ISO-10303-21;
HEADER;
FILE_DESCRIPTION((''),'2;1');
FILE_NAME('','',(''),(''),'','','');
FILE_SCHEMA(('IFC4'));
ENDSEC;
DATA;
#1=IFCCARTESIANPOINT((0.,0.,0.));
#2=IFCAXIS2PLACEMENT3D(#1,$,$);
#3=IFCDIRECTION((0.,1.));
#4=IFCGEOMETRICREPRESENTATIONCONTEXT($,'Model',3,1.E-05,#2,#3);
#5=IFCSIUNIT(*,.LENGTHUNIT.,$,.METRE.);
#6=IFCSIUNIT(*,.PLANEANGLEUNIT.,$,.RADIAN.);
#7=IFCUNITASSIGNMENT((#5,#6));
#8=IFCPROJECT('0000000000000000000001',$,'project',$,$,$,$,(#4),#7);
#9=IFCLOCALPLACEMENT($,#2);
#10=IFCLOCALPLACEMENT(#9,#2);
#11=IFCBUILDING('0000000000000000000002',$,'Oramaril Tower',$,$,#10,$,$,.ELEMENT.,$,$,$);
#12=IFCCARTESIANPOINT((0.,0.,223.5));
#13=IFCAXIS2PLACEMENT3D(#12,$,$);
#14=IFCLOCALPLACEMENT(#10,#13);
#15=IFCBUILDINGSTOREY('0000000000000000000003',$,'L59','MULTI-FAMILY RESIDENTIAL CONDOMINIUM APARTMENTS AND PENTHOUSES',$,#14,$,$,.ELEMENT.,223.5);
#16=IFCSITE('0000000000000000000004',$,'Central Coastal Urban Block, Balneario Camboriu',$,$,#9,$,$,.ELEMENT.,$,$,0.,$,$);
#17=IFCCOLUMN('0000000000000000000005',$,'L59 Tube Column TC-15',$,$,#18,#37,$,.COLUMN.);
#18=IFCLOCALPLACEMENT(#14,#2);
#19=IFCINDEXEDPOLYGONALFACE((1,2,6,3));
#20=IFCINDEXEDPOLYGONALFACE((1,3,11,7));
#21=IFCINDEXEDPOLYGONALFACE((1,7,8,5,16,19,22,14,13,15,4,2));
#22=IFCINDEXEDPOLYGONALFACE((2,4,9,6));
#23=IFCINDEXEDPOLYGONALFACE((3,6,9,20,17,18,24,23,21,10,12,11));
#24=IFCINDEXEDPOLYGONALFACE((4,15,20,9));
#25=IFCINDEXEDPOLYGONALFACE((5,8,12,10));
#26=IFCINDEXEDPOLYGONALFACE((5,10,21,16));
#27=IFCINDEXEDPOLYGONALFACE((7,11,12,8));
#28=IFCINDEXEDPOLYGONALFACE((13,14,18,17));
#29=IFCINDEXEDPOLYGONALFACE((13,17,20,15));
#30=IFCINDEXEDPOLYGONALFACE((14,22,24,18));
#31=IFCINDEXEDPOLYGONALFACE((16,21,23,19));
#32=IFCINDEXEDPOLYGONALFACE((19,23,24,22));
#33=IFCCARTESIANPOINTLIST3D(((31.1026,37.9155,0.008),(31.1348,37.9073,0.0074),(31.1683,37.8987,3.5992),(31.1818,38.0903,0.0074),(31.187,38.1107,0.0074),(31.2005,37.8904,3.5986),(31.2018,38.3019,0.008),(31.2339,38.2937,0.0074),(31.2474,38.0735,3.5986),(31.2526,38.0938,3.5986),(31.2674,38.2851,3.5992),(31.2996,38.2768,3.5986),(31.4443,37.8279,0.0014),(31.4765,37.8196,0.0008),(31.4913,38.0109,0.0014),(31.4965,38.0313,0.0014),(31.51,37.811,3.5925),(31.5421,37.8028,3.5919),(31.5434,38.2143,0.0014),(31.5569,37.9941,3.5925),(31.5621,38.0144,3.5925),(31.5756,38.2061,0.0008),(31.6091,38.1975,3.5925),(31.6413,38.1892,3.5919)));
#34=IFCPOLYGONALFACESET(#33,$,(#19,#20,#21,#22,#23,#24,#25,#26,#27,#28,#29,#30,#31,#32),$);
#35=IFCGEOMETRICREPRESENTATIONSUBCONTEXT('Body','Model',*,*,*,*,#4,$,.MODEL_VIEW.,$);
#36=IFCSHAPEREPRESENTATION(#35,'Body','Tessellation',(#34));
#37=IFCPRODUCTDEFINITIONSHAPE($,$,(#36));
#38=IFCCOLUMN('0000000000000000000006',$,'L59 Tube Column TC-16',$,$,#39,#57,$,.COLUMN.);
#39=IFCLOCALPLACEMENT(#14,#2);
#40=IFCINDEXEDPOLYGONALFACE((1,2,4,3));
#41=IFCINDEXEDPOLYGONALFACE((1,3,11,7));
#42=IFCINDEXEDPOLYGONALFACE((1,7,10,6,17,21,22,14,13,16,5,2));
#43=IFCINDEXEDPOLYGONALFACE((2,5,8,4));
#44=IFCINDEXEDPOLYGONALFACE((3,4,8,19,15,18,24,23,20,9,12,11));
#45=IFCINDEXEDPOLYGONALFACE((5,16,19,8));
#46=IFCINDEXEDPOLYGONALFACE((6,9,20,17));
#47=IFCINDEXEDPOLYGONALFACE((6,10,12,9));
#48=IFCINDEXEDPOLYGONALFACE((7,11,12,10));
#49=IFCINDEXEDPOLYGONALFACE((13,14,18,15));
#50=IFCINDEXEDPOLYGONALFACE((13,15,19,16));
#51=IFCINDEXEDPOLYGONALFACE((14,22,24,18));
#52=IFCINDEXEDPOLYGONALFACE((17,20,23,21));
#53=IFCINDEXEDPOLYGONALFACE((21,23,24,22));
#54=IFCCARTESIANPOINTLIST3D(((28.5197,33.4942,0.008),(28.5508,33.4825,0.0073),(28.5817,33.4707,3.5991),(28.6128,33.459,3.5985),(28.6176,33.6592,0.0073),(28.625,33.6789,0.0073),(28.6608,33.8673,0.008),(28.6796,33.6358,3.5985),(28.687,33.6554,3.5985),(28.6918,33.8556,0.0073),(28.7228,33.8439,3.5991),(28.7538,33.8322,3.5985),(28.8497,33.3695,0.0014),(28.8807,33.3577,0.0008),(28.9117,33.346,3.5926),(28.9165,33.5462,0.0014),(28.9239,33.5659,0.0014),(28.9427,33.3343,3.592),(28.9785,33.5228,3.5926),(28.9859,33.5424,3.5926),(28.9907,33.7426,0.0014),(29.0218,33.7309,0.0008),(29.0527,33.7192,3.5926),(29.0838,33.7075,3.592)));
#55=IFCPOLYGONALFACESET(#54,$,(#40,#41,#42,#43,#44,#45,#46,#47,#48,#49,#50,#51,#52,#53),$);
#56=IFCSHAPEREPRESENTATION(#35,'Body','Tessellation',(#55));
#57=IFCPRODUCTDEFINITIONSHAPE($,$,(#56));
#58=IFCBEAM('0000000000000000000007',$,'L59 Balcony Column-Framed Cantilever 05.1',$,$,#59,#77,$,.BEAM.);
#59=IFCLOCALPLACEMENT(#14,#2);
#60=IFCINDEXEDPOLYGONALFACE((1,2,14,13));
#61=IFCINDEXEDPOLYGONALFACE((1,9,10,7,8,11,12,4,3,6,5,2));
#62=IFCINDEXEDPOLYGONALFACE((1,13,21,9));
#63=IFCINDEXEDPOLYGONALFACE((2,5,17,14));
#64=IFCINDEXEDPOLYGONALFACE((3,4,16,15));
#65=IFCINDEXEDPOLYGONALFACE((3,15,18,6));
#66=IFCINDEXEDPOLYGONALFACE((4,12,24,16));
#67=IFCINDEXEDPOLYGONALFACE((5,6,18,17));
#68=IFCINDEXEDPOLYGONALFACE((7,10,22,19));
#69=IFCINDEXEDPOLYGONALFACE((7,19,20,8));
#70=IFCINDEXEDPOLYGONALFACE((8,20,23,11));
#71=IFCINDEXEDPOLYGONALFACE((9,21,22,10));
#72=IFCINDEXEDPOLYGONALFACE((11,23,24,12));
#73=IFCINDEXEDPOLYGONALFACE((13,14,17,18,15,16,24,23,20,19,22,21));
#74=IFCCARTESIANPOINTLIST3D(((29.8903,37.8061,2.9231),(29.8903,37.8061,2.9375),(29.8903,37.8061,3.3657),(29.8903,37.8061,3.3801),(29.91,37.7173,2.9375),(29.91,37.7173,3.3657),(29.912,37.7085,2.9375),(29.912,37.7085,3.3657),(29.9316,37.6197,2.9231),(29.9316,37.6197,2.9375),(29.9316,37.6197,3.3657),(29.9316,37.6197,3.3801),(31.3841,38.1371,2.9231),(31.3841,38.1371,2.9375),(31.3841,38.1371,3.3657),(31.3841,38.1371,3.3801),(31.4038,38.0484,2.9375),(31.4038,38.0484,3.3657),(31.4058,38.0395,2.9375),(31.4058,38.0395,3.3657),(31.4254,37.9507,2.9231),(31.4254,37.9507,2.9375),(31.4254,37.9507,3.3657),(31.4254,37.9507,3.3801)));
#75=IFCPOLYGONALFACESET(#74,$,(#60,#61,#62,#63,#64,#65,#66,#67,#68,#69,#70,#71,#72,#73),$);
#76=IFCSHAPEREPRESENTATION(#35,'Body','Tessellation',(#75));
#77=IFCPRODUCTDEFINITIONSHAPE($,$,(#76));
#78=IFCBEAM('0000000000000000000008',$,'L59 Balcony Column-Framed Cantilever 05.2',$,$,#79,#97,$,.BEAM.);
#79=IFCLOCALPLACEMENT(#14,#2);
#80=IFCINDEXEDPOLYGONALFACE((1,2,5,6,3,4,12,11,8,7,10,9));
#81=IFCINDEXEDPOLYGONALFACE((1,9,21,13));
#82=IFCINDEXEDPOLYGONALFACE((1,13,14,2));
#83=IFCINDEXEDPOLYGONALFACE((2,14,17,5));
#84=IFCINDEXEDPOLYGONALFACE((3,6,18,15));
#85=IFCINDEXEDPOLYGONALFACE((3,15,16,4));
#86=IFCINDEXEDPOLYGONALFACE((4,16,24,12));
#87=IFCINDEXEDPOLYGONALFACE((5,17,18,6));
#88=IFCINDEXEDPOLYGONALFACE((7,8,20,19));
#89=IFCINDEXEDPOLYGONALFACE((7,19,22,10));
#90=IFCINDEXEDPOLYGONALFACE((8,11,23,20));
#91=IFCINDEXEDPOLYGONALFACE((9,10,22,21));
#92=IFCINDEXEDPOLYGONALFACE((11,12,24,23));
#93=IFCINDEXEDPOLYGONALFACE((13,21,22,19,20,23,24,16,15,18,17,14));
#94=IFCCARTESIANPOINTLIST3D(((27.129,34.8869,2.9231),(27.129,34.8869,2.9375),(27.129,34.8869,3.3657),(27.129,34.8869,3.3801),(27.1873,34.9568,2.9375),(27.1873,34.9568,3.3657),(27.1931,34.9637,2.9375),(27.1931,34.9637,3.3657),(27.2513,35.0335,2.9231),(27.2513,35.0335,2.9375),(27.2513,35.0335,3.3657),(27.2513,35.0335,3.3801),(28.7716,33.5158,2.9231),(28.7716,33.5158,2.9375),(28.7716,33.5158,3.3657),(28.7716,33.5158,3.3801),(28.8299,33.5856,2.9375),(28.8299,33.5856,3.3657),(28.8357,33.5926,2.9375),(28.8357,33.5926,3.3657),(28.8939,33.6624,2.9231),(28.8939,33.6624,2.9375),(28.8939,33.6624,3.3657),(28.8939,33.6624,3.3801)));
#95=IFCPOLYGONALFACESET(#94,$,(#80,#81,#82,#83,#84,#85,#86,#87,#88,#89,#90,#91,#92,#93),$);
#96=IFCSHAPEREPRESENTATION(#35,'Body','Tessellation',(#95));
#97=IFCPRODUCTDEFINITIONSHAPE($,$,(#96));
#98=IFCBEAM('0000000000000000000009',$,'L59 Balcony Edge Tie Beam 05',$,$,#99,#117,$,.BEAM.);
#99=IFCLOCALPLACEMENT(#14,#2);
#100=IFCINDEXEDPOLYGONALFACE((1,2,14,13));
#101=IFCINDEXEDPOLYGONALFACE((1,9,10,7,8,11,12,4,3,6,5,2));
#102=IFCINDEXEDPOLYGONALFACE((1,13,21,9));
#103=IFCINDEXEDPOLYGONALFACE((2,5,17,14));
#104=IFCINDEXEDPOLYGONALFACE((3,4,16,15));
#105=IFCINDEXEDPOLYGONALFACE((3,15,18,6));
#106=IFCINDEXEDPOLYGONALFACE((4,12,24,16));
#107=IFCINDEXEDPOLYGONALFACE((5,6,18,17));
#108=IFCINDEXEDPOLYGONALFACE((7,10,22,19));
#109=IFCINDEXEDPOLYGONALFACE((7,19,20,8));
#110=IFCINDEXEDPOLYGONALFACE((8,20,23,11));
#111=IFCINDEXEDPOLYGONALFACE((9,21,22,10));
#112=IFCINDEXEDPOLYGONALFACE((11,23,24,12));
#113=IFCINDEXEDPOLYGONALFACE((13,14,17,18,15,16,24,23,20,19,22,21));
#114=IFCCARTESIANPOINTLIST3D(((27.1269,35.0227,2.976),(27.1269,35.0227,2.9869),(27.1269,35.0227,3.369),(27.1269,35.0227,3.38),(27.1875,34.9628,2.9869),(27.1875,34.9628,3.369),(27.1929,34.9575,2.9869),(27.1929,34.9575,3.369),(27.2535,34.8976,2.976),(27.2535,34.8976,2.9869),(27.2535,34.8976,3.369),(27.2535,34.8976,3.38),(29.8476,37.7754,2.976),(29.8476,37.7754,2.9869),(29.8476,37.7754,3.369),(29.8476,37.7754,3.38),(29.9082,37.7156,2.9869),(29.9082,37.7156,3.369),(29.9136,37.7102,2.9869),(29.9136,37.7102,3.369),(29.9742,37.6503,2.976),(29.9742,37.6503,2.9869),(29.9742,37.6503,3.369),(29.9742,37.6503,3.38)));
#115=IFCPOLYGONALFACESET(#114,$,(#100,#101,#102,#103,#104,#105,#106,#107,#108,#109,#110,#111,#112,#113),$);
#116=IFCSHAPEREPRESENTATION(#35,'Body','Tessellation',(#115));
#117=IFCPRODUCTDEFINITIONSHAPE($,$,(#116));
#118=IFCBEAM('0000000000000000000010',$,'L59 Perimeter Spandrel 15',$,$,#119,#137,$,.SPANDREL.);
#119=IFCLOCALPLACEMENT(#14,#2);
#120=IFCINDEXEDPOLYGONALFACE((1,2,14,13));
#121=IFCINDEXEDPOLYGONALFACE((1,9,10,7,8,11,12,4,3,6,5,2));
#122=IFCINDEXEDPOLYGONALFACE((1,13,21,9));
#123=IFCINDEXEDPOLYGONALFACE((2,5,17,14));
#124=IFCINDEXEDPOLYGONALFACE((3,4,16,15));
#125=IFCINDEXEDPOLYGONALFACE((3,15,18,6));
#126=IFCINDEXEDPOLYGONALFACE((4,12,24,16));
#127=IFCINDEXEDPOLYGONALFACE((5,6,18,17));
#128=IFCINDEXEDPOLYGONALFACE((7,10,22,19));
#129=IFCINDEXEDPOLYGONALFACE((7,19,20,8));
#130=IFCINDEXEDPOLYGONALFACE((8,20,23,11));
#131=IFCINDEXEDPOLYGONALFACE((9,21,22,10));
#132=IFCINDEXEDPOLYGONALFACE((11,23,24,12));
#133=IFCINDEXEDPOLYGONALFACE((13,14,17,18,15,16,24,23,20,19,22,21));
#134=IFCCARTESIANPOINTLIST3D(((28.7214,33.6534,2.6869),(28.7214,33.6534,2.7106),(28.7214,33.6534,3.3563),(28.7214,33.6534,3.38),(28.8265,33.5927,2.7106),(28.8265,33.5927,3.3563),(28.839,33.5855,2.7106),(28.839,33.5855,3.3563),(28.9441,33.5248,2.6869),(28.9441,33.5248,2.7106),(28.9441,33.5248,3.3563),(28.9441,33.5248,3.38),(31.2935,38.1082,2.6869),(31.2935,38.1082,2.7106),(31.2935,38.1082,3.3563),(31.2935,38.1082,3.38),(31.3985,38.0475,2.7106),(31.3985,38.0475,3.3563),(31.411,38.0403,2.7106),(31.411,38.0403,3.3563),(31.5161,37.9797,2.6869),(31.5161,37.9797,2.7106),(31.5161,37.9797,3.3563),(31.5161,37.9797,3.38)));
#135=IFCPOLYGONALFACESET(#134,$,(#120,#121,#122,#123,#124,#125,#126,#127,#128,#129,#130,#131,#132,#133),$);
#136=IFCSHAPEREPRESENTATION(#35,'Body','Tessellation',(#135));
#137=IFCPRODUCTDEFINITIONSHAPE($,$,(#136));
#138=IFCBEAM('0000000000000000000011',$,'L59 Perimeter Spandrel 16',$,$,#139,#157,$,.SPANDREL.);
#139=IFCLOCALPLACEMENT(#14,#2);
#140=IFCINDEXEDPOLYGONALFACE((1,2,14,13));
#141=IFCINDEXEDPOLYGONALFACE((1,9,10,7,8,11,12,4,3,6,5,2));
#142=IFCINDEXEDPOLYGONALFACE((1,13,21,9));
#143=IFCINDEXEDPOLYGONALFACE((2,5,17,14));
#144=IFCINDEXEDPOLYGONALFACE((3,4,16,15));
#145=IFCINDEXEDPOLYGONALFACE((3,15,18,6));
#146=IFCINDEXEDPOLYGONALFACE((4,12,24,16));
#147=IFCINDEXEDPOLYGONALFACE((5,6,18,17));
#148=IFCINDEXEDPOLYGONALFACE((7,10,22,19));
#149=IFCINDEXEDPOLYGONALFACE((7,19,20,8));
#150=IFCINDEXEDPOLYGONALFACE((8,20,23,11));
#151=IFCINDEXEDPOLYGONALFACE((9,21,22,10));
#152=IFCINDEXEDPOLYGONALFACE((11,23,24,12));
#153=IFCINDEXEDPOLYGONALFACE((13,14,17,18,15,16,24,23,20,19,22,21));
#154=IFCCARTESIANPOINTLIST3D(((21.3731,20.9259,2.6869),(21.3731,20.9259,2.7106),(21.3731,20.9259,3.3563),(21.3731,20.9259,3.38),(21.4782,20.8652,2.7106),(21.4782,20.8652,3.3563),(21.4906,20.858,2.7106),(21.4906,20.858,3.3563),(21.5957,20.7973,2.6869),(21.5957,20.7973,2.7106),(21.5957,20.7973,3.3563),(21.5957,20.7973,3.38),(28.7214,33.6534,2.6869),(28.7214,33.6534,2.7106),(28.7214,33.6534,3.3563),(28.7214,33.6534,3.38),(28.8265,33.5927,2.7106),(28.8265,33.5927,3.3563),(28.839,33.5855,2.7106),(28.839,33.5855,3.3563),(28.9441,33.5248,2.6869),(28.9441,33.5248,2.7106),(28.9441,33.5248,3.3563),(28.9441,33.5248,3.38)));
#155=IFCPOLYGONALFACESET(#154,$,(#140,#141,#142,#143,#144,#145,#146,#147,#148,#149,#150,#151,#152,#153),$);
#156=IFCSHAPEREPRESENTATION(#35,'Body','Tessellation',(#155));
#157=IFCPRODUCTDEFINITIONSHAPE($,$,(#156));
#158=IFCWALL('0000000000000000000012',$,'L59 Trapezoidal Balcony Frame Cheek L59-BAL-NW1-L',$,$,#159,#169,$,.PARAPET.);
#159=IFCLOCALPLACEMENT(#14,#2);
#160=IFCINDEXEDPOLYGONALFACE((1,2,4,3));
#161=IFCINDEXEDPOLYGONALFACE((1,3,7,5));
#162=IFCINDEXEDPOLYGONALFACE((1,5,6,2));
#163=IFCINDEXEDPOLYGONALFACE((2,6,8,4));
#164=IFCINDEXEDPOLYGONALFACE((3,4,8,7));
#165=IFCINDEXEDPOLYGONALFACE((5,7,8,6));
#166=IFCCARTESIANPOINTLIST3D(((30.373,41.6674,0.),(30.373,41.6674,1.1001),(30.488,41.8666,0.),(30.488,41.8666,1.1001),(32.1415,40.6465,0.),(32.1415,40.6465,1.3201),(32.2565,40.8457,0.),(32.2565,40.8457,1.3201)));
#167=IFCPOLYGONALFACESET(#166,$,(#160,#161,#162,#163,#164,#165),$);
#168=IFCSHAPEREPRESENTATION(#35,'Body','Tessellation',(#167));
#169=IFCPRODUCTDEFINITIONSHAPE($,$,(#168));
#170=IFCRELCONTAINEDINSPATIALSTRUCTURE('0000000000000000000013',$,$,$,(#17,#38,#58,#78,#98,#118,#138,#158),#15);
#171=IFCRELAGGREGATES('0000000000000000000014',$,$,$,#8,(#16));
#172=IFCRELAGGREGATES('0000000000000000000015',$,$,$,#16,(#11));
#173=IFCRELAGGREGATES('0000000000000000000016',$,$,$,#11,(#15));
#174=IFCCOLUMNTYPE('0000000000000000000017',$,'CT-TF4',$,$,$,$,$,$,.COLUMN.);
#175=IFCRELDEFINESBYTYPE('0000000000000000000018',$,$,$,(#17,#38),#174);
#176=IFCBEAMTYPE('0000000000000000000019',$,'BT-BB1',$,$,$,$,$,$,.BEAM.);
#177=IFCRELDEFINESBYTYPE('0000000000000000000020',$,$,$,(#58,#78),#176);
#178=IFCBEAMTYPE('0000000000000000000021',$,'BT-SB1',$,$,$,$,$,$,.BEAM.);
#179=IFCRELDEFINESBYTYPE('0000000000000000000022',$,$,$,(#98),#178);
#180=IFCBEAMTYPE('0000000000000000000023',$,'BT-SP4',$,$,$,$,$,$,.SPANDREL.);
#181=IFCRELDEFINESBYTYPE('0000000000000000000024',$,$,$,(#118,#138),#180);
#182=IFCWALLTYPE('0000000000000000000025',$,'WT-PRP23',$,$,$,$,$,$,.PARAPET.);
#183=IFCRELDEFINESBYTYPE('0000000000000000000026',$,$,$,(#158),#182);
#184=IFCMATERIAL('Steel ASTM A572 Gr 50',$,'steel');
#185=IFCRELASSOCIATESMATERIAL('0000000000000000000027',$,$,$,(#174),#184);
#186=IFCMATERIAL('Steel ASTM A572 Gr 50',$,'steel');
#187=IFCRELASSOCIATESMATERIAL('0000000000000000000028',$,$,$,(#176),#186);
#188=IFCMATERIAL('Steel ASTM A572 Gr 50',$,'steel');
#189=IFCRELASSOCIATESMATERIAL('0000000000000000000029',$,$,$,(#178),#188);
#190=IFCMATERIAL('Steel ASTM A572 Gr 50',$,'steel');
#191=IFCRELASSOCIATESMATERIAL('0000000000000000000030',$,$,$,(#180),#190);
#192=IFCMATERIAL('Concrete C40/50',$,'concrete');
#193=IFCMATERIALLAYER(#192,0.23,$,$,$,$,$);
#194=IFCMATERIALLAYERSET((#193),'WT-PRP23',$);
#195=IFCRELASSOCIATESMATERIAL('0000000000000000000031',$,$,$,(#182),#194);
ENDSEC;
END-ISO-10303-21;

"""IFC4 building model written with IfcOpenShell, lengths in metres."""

from ifc_helpers import new_model, si_unit, direction, frame, origin, origin_2d, place, context, subcontext, project, spatial, polyline, i_section, outline, extrude, material, layer, layer_set, material_profile, profile_set, type_object, element, save


model = new_model("IFC4")

# Units and contexts
model_context = context("Model", 3, precision=1e-05, world=origin(), true_north=direction((0.0, 1.0)))
body_context = subcontext(model_context, "Body", "Model", "MODEL_VIEW")
ifc_project = project(units=[si_unit("LENGTHUNIT", "METRE"), si_unit("PLANEANGLEUNIT", "RADIAN")], contexts=[model_context])

# Site, building, storey
site_placement = place(None, origin())
site = spatial("IfcSite", under=ifc_project, at=site_placement, Name="Central Coastal Urban Block, Balneario Camboriu", CompositionType="ELEMENT", RefElevation=0.0)
building_placement = place(site_placement, origin())
building = spatial("IfcBuilding", under=site, at=building_placement, Name="Oramaril Tower", CompositionType="ELEMENT")
storey_placement = place(building_placement, frame((0.0, 0.0, 223.5)))
storey = spatial("IfcBuildingStorey", under=building, at=storey_placement, Name="L59", Description="MULTI-FAMILY RESIDENTIAL CONDOMINIUM APARTMENTS AND PENTHOUSES", CompositionType="ELEMENT", Elevation=223.5)

# Columns
ifc_material_1 = material(Name="Steel ASTM A572 Gr 50", Category="steel")
ifc_material_profile_1 = material_profile(ifc_material_1, i_section(OverallWidth=0.3989, OverallDepth=0.386, WebThickness=0.021, FlangeThickness=0.0332, at=origin_2d()), Name="W14X176")
ifc_profile_set_1 = profile_set([ifc_material_profile_1], Name="Steel ASTM A572 Gr 50")
column_type = type_object("IfcColumnType", Name="CT-TF4", PredefinedType="COLUMN", material=ifc_profile_set_1)
for number, where, z_axis, x_axis, name in (
    (1, (31.3391, 38.0608, 0.0044), (0.018285, -0.00469, 0.999822), (0.248462, 0.968642, 0.0), "L59 Tube Column TC-15"),
    (2, (28.7708, 33.6125, 0.0044), (0.017265, -0.006526, 0.99983), (0.353544, 0.935418, 0.0), "L59 Tube Column TC-16"),
):
    element("IfcColumn", number, at=place(storey_placement, frame(where, z_axis=z_axis, x_axis=x_axis)), inside=storey, type_object=column_type, Name=name, PredefinedType="COLUMN", context=body_context, shape_type="SweptSolid", body=[
        extrude(i_section(OverallWidth=0.3989, OverallDepth=0.386, WebThickness=0.021, FlangeThickness=0.0332, at=origin_2d()), origin(), (0.0, 0.0, 1.0), 3.5918),
    ])

# Beams
ifc_material_2 = material(Name="Steel ASTM A572 Gr 50", Category="steel")
ifc_material_profile_2 = material_profile(ifc_material_2, i_section(OverallWidth=0.1909, OverallDepth=0.457, WebThickness=0.009, FlangeThickness=0.0144, at=origin_2d()), Name="W18X50")
ifc_profile_set_2 = profile_set([ifc_material_profile_2], Name="Steel ASTM A572 Gr 50")
beam_type_1 = type_object("IfcBeamType", Name="BT-BB1", PredefinedType="BEAM", material=ifc_profile_set_2)
beam_1_placement = place(storey_placement, frame((31.4048, 38.0439, 3.1516), z_axis=(-0.976315, -0.216356, 0.0), x_axis=(0.216356, -0.976315, 0.0)))
element("IfcBeam", 3, at=beam_1_placement, inside=storey, type_object=beam_type_1, Name="L59 Balcony Column-Framed Cantilever 05.1", PredefinedType="BEAM", context=body_context, shape_type="SweptSolid", body=[
    extrude(i_section(OverallWidth=0.1909, OverallDepth=0.457, WebThickness=0.009, FlangeThickness=0.0144, at=origin_2d()), origin(), (0.0, 0.0, 1.0), 1.53),
])
beam_2_placement = place(storey_placement, frame((28.8328, 33.5891, 3.1516), z_axis=(-0.767697, 0.640813, 0.0), x_axis=(-0.640813, -0.767697, 0.0)))
element("IfcBeam", 4, at=beam_2_placement, inside=storey, type_object=beam_type_1, Name="L59 Balcony Column-Framed Cantilever 05.2", PredefinedType="BEAM", context=body_context, shape_type="SweptSolid", body=[
    extrude(i_section(OverallWidth=0.1909, OverallDepth=0.457, WebThickness=0.009, FlangeThickness=0.0144, at=origin_2d()), origin(), (0.0, 0.0, 1.0), 2.1396),
])
ifc_material_3 = material(Name="Steel ASTM A572 Gr 50", Category="steel")
ifc_material_profile_3 = material_profile(ifc_material_3, i_section(OverallWidth=0.178, OverallDepth=0.4041, WebThickness=0.0076, FlangeThickness=0.011, at=origin_2d()), Name="W16X36")
ifc_profile_set_3 = profile_set([ifc_material_profile_3], Name="Steel ASTM A572 Gr 50")
beam_type_2 = type_object("IfcBeamType", Name="BT-SB1", PredefinedType="BEAM", material=ifc_profile_set_3)
beam_3_placement = place(storey_placement, frame((29.9109, 37.7129, 3.178), z_axis=(-0.702963, -0.711226, 0.0), x_axis=(0.711226, -0.702963, 0.0)))
element("IfcBeam", 5, at=beam_3_placement, inside=storey, type_object=beam_type_2, Name="L59 Balcony Edge Tie Beam 05", PredefinedType="BEAM", context=body_context, shape_type="SweptSolid", body=[
    extrude(i_section(OverallWidth=0.178, OverallDepth=0.4041, WebThickness=0.0076, FlangeThickness=0.011, at=origin_2d()), origin(), (0.0, 0.0, 1.0), 3.8704),
])
ifc_material_4 = material(Name="Steel ASTM A572 Gr 50", Category="steel")
ifc_material_profile_4 = material_profile(ifc_material_4, i_section(OverallWidth=0.2571, OverallDepth=0.6931, WebThickness=0.0144, FlangeThickness=0.0237, at=origin_2d()), Name="W27X114")
ifc_profile_set_4 = profile_set([ifc_material_profile_4], Name="Steel ASTM A572 Gr 50")
beam_type_3 = type_object("IfcBeamType", Name="BT-SP4", PredefinedType="SPANDREL", material=ifc_profile_set_4)
beam_4_placement = place(storey_placement, frame((31.4048, 38.0439, 3.0334), z_axis=(-0.500003, -0.866024, 0.0), x_axis=(0.866024, -0.500003, 0.0)))
element("IfcBeam", 6, at=beam_4_placement, inside=storey, type_object=beam_type_3, Name="L59 Perimeter Spandrel 15", PredefinedType="SPANDREL", context=body_context, shape_type="SweptSolid", body=[
    extrude(i_section(OverallWidth=0.2571, OverallDepth=0.6931, WebThickness=0.0144, FlangeThickness=0.0237, at=origin_2d()), origin(), (0.0, 0.0, 1.0), 5.144),
])
beam_5_placement = place(storey_placement, frame((28.8328, 33.5891, 3.0334), z_axis=(-0.500007, -0.866021, 0.0), x_axis=(0.866021, -0.500007, 0.0)))
element("IfcBeam", 7, at=beam_5_placement, inside=storey, type_object=beam_type_3, Name="L59 Perimeter Spandrel 16", PredefinedType="SPANDREL", context=body_context, shape_type="SweptSolid", body=[
    extrude(i_section(OverallWidth=0.2571, OverallDepth=0.6931, WebThickness=0.0144, FlangeThickness=0.0237, at=origin_2d()), origin(), (0.0, 0.0, 1.0), 14.6965),
])

# Wall
ifc_material_5 = material(Name="Concrete C40/50", Category="concrete")
ifc_layer_1 = layer(ifc_material_5, 0.23)
ifc_layer_set_1 = layer_set([ifc_layer_1], Name="WT-PRP23")
wall_type_1 = type_object("IfcWallType", Name="WT-PRP23", PredefinedType="PARAPET", material=ifc_layer_set_1)
wall_1_placement = place(storey_placement, frame((32.199, 40.7461, 0.0), z_axis=(0.0, 0.0, 1.0), x_axis=(-0.866042, 0.499971, 0.0)))
element("IfcWall", 8, at=wall_1_placement, inside=storey, type_object=wall_type_1, Name="L59 Trapezoidal Balcony Frame Cheek L59-BAL-NW1-L", PredefinedType="PARAPET", context=body_context, shape_type="SweptSolid", body=[
    extrude(outline(polyline([(0.0, 0.0), (2.042, 0.0), (2.042, 1.1001), (0.0, 1.3201), (0.0, 0.0)])), frame((0.0, 0.115, 0.0), z_axis=(0.0, -1.0, 0.0), x_axis=(1.0, 0.0, 0.0)), (0.0, 0.0, 1.0), 0.23),
])

save(model, "model.ifc")
